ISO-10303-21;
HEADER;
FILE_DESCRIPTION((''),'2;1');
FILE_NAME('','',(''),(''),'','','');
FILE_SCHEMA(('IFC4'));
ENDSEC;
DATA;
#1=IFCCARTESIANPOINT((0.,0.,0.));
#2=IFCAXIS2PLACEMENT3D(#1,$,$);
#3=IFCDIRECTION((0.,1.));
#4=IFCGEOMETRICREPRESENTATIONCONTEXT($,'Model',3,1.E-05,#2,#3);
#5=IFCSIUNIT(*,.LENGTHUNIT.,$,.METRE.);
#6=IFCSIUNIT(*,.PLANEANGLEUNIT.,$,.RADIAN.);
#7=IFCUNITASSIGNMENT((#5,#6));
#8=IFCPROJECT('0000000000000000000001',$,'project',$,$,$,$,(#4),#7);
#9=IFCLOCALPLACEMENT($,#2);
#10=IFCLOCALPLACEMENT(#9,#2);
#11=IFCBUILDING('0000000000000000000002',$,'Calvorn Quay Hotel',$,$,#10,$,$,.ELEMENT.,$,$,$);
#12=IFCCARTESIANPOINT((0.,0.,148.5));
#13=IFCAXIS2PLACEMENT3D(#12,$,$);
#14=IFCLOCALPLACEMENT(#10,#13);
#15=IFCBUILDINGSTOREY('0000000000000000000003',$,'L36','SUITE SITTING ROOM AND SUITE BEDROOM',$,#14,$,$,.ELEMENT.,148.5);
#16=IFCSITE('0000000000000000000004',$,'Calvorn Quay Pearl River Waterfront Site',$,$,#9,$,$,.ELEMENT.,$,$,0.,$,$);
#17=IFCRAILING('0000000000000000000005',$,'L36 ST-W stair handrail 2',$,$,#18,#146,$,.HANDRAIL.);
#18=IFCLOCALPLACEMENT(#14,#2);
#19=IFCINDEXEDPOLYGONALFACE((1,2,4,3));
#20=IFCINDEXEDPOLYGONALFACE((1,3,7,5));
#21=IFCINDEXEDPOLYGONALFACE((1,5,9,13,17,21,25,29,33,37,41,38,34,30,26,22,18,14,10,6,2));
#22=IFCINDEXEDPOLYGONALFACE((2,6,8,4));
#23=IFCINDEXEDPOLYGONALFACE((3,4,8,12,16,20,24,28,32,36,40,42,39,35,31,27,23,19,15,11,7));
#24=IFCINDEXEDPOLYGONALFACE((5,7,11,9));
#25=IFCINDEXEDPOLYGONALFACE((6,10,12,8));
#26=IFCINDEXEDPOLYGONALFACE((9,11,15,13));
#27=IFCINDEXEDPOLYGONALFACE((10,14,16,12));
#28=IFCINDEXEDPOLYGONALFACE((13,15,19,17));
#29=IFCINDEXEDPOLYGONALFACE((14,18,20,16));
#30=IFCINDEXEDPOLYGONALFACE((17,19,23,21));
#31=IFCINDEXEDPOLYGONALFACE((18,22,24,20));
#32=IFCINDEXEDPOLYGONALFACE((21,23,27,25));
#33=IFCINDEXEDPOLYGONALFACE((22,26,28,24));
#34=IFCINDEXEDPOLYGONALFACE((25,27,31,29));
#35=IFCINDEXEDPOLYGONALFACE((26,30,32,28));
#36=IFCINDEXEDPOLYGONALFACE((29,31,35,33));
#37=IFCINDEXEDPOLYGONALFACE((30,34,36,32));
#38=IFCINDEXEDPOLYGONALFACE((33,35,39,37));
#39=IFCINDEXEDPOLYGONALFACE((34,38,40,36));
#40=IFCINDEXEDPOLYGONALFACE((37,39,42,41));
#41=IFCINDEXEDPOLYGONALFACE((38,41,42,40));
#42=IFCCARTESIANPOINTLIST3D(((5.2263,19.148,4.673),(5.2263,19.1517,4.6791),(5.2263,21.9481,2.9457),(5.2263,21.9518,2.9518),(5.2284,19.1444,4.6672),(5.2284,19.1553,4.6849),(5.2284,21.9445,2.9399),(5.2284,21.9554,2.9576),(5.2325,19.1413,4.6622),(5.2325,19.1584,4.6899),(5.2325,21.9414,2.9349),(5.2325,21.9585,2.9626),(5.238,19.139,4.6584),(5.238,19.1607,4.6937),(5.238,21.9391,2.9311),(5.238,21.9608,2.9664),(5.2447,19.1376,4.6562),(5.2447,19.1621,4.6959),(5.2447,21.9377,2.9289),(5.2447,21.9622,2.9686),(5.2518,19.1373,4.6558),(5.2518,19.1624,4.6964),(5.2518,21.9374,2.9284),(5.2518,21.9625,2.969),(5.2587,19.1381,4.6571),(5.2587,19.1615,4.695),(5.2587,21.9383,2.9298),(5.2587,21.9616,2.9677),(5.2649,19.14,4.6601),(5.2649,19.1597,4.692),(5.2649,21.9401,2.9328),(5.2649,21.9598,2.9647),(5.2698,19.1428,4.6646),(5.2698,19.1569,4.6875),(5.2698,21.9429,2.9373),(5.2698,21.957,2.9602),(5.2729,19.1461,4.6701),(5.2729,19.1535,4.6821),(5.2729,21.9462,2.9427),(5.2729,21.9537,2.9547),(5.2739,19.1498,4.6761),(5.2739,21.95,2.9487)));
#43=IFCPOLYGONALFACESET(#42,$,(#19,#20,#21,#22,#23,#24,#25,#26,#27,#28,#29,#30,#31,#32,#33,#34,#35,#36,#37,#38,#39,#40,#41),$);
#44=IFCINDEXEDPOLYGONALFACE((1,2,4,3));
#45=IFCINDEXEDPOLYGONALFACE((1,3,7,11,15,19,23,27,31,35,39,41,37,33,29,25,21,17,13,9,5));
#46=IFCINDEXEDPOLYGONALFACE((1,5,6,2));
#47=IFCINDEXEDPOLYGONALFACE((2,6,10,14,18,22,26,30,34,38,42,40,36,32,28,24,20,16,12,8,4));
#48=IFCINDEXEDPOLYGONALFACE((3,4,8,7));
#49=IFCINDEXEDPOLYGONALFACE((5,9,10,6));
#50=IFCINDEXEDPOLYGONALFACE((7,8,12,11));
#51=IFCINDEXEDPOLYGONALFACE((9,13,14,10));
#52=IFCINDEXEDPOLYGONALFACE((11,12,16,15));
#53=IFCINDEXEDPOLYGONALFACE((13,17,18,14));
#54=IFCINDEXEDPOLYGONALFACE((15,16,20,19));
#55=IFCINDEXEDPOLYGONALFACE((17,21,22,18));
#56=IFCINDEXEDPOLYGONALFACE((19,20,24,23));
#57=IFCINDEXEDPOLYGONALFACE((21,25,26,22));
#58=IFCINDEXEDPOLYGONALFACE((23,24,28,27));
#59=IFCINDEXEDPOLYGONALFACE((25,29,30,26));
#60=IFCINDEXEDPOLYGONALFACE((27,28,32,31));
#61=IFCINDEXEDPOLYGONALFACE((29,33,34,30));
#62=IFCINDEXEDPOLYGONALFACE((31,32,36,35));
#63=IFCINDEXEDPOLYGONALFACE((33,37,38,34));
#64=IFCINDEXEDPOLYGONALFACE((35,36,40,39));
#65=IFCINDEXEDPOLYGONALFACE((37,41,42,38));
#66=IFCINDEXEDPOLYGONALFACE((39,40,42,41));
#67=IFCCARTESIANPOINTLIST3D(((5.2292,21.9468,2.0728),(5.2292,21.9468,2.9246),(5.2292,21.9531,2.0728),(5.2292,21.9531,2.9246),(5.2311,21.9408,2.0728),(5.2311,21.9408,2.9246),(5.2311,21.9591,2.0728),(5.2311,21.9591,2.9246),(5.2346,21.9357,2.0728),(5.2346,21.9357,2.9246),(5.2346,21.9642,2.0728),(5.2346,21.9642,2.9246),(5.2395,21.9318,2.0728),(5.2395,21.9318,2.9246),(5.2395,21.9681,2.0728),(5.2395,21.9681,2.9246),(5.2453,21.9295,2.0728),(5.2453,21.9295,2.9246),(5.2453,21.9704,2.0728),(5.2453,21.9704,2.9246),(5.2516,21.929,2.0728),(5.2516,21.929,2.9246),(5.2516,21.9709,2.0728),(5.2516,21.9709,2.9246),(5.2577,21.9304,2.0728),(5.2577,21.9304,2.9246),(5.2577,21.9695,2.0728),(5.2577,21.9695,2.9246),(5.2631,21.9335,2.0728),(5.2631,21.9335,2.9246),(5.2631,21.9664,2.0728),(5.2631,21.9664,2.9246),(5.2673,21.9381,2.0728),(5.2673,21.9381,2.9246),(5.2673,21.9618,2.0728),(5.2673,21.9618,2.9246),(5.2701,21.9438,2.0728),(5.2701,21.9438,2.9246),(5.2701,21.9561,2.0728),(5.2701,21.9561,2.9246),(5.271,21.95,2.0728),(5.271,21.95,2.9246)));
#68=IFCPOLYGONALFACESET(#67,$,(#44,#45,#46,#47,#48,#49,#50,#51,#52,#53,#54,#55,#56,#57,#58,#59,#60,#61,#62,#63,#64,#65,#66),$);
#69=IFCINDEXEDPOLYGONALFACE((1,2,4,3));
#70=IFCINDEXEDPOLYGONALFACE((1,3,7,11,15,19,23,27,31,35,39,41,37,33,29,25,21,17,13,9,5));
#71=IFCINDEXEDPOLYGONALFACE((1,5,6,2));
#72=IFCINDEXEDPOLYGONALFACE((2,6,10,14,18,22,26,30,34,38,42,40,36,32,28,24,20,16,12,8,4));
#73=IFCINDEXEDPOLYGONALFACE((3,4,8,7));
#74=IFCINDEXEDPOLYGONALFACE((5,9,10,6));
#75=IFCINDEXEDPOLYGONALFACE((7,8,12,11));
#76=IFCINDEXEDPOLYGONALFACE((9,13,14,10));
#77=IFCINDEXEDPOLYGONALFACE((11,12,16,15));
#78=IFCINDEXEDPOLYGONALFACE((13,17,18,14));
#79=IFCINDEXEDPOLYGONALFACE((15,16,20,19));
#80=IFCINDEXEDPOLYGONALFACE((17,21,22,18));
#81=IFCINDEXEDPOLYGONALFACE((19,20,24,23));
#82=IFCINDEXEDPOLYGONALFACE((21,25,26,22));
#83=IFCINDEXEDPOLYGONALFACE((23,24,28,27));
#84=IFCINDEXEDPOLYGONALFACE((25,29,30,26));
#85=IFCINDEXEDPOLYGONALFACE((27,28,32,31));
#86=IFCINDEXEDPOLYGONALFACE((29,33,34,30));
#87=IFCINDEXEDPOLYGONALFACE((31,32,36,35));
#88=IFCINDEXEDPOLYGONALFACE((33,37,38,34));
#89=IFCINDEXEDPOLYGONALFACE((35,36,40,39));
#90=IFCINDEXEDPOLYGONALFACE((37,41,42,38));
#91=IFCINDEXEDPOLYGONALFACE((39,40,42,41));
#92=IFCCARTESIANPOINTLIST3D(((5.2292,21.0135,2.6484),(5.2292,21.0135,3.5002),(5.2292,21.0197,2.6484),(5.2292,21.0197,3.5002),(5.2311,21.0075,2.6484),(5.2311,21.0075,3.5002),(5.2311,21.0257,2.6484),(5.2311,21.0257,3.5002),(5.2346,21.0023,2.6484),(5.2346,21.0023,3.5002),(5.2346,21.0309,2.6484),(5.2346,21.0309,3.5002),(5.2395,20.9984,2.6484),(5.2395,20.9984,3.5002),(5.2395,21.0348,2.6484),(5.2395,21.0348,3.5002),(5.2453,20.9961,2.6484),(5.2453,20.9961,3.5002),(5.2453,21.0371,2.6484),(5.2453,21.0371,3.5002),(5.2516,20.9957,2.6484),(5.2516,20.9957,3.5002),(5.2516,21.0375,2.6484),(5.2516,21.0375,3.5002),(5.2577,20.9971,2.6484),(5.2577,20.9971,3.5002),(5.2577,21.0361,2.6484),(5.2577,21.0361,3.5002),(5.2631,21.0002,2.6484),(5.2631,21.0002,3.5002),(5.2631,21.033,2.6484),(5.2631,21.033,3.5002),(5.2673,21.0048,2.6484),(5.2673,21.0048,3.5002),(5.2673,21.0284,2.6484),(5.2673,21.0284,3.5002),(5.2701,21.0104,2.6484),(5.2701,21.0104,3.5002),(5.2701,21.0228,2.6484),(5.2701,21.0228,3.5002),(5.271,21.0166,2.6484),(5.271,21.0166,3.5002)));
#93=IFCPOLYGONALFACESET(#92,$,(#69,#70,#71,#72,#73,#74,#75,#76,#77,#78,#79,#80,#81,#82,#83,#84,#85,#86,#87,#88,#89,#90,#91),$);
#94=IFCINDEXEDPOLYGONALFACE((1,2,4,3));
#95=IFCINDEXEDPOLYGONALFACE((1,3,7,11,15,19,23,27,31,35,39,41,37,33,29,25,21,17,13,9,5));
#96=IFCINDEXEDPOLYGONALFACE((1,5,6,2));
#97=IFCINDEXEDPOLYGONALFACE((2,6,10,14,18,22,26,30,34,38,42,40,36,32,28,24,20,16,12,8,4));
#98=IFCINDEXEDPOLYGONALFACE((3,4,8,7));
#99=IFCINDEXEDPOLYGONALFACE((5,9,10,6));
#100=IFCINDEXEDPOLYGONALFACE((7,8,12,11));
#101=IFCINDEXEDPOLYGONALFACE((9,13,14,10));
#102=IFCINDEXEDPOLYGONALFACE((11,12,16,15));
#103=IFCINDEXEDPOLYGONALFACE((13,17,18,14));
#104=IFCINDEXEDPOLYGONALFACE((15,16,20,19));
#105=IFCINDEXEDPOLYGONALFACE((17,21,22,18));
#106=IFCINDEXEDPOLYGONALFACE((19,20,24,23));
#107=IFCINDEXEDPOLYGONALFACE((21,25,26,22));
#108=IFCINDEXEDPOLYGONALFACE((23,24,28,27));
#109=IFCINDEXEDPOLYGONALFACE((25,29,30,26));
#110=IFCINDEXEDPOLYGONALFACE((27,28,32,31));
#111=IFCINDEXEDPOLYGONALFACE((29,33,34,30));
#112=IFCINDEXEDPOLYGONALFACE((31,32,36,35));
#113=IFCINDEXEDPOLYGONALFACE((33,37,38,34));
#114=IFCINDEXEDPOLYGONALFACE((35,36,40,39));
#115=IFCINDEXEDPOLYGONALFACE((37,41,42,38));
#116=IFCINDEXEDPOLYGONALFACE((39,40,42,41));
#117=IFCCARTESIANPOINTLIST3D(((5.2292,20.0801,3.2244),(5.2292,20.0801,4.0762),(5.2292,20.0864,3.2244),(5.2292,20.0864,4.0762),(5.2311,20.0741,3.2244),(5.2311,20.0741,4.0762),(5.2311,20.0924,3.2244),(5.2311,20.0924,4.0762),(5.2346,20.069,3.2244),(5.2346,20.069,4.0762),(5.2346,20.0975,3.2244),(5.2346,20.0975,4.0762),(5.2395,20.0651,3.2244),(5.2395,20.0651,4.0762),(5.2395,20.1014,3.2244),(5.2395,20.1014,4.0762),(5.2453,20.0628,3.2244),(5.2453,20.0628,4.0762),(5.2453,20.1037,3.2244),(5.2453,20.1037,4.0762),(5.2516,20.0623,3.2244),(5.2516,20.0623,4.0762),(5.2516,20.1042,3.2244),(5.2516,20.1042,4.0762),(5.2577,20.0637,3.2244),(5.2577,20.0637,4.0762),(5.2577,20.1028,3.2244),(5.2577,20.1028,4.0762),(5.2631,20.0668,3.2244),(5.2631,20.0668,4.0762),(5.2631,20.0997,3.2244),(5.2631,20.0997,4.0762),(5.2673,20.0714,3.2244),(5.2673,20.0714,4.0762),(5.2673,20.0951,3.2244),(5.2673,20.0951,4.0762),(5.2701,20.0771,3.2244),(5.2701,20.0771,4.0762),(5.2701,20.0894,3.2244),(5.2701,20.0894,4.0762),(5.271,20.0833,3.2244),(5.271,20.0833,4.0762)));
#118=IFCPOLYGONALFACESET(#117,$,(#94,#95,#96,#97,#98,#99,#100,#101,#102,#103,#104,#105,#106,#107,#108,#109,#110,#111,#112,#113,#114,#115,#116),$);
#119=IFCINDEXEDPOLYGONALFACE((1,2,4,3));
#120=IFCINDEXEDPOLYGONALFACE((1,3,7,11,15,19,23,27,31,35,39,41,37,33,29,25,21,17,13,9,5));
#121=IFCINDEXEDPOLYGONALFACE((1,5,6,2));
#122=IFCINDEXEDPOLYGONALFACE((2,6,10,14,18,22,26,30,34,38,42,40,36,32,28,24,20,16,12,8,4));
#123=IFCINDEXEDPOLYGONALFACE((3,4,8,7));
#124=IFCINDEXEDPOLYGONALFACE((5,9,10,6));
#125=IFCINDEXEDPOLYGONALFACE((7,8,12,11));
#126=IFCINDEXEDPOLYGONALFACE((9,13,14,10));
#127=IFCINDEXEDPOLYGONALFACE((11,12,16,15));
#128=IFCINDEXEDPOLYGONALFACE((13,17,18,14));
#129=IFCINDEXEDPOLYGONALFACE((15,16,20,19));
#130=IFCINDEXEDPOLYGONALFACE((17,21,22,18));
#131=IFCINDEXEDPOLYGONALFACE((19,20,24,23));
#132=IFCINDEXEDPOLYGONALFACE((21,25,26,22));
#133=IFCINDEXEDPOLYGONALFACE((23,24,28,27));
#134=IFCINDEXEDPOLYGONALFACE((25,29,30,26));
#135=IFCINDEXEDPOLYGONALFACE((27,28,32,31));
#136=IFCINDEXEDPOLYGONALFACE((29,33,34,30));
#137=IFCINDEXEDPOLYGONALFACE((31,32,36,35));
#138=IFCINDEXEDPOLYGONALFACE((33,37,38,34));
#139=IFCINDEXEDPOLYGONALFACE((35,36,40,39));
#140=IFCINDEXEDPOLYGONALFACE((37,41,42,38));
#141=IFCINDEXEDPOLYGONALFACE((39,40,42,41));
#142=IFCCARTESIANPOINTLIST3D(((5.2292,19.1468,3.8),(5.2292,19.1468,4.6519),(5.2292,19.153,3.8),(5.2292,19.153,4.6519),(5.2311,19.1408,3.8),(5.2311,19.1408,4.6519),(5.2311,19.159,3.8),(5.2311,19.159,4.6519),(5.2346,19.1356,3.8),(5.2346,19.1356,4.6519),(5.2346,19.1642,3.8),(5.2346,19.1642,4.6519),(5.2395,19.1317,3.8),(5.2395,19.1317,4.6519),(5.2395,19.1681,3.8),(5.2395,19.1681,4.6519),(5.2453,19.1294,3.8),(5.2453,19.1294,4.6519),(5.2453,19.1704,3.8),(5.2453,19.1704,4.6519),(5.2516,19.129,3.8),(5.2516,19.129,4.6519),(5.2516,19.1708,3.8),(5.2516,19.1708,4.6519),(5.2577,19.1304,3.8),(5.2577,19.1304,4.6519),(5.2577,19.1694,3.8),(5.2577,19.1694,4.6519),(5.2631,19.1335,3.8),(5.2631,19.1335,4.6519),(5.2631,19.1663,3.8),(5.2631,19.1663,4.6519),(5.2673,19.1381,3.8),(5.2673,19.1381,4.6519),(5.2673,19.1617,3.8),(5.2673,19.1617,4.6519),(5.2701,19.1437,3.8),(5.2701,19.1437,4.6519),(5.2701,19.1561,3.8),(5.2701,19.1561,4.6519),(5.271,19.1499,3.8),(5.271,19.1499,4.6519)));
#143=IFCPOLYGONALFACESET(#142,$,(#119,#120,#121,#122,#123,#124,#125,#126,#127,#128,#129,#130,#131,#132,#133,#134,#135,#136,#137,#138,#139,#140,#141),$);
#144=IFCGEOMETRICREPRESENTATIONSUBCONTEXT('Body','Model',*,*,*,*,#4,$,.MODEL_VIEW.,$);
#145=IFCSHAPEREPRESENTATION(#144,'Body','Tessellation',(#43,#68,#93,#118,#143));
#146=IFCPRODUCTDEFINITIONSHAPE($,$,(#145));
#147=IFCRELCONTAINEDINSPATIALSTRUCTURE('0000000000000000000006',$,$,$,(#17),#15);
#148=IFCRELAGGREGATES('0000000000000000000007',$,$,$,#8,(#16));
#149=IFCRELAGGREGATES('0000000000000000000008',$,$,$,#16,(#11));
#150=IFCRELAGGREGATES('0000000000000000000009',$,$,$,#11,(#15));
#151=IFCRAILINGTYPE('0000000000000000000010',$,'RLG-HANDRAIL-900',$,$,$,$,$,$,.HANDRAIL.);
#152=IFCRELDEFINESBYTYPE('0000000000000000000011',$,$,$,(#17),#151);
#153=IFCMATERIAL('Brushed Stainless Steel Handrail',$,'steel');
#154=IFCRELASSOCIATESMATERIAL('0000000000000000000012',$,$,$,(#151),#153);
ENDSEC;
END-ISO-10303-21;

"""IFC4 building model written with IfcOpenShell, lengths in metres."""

from ifc_helpers import new_model, si_unit, direction, frame, origin, origin_2d, place, context, subcontext, project, spatial, circle, extrude, material, type_object, element, save


model = new_model("IFC4")

# Units and contexts
model_context = context("Model", 3, precision=1e-05, world=origin(), true_north=direction((0.0, 1.0)))
body_context = subcontext(model_context, "Body", "Model", "MODEL_VIEW")
ifc_project = project(units=[si_unit("LENGTHUNIT", "METRE"), si_unit("PLANEANGLEUNIT", "RADIAN")], contexts=[model_context])

# Site, building, storey
site_placement = place(None, origin())
site = spatial("IfcSite", under=ifc_project, at=site_placement, Name="Calvorn Quay Pearl River Waterfront Site", CompositionType="ELEMENT", RefElevation=0.0)
building_placement = place(site_placement, origin())
building = spatial("IfcBuilding", under=site, at=building_placement, Name="Calvorn Quay Hotel", CompositionType="ELEMENT")
storey_placement = place(building_placement, frame((0.0, 0.0, 148.5)))
storey = spatial("IfcBuildingStorey", under=building, at=storey_placement, Name="L36", Description="SUITE SITTING ROOM AND SUITE BEDROOM", CompositionType="ELEMENT", Elevation=148.5)

# Railing
ifc_material_1 = material(Name="Brushed Stainless Steel Handrail", Category="steel")
railing_type_1 = type_object("IfcRailingType", Name="RLG-HANDRAIL-900", PredefinedType="HANDRAIL", material=ifc_material_1)
railing_1_placement = place(storey_placement, frame((5.25, 21.95, 2.0728)))
element("IfcRailing", 1, at=railing_1_placement, inside=storey, type_object=railing_type_1, Name="L36 ST-W stair handrail 2", PredefinedType="HANDRAIL", context=body_context, shape_type="SweptSolid", body=[
    extrude(circle(Radius=0.0239, at=origin_2d()), frame((0.0, 0.0, 0.876), z_axis=(0.0, -0.85109, 0.52502), x_axis=(1.0, 0.0, 0.0)), (0.0, 0.0, 1.0), 3.29),
    extrude(circle(Radius=0.021, at=origin_2d()), origin(), (0.0, 0.0, 1.0), 0.8518),
    extrude(circle(Radius=0.021, at=origin_2d()), frame((0.0, -0.9333, 0.5757)), (0.0, 0.0, 1.0), 0.8518),
    extrude(circle(Radius=0.021, at=origin_2d()), frame((0.0, -1.8667, 1.1516)), (0.0, 0.0, 1.0), 0.8518),
    extrude(circle(Radius=0.021, at=origin_2d()), frame((0.0, -2.8, 1.7273)), (0.0, 0.0, 1.0), 0.8518),
])

save(model, "model.ifc")
